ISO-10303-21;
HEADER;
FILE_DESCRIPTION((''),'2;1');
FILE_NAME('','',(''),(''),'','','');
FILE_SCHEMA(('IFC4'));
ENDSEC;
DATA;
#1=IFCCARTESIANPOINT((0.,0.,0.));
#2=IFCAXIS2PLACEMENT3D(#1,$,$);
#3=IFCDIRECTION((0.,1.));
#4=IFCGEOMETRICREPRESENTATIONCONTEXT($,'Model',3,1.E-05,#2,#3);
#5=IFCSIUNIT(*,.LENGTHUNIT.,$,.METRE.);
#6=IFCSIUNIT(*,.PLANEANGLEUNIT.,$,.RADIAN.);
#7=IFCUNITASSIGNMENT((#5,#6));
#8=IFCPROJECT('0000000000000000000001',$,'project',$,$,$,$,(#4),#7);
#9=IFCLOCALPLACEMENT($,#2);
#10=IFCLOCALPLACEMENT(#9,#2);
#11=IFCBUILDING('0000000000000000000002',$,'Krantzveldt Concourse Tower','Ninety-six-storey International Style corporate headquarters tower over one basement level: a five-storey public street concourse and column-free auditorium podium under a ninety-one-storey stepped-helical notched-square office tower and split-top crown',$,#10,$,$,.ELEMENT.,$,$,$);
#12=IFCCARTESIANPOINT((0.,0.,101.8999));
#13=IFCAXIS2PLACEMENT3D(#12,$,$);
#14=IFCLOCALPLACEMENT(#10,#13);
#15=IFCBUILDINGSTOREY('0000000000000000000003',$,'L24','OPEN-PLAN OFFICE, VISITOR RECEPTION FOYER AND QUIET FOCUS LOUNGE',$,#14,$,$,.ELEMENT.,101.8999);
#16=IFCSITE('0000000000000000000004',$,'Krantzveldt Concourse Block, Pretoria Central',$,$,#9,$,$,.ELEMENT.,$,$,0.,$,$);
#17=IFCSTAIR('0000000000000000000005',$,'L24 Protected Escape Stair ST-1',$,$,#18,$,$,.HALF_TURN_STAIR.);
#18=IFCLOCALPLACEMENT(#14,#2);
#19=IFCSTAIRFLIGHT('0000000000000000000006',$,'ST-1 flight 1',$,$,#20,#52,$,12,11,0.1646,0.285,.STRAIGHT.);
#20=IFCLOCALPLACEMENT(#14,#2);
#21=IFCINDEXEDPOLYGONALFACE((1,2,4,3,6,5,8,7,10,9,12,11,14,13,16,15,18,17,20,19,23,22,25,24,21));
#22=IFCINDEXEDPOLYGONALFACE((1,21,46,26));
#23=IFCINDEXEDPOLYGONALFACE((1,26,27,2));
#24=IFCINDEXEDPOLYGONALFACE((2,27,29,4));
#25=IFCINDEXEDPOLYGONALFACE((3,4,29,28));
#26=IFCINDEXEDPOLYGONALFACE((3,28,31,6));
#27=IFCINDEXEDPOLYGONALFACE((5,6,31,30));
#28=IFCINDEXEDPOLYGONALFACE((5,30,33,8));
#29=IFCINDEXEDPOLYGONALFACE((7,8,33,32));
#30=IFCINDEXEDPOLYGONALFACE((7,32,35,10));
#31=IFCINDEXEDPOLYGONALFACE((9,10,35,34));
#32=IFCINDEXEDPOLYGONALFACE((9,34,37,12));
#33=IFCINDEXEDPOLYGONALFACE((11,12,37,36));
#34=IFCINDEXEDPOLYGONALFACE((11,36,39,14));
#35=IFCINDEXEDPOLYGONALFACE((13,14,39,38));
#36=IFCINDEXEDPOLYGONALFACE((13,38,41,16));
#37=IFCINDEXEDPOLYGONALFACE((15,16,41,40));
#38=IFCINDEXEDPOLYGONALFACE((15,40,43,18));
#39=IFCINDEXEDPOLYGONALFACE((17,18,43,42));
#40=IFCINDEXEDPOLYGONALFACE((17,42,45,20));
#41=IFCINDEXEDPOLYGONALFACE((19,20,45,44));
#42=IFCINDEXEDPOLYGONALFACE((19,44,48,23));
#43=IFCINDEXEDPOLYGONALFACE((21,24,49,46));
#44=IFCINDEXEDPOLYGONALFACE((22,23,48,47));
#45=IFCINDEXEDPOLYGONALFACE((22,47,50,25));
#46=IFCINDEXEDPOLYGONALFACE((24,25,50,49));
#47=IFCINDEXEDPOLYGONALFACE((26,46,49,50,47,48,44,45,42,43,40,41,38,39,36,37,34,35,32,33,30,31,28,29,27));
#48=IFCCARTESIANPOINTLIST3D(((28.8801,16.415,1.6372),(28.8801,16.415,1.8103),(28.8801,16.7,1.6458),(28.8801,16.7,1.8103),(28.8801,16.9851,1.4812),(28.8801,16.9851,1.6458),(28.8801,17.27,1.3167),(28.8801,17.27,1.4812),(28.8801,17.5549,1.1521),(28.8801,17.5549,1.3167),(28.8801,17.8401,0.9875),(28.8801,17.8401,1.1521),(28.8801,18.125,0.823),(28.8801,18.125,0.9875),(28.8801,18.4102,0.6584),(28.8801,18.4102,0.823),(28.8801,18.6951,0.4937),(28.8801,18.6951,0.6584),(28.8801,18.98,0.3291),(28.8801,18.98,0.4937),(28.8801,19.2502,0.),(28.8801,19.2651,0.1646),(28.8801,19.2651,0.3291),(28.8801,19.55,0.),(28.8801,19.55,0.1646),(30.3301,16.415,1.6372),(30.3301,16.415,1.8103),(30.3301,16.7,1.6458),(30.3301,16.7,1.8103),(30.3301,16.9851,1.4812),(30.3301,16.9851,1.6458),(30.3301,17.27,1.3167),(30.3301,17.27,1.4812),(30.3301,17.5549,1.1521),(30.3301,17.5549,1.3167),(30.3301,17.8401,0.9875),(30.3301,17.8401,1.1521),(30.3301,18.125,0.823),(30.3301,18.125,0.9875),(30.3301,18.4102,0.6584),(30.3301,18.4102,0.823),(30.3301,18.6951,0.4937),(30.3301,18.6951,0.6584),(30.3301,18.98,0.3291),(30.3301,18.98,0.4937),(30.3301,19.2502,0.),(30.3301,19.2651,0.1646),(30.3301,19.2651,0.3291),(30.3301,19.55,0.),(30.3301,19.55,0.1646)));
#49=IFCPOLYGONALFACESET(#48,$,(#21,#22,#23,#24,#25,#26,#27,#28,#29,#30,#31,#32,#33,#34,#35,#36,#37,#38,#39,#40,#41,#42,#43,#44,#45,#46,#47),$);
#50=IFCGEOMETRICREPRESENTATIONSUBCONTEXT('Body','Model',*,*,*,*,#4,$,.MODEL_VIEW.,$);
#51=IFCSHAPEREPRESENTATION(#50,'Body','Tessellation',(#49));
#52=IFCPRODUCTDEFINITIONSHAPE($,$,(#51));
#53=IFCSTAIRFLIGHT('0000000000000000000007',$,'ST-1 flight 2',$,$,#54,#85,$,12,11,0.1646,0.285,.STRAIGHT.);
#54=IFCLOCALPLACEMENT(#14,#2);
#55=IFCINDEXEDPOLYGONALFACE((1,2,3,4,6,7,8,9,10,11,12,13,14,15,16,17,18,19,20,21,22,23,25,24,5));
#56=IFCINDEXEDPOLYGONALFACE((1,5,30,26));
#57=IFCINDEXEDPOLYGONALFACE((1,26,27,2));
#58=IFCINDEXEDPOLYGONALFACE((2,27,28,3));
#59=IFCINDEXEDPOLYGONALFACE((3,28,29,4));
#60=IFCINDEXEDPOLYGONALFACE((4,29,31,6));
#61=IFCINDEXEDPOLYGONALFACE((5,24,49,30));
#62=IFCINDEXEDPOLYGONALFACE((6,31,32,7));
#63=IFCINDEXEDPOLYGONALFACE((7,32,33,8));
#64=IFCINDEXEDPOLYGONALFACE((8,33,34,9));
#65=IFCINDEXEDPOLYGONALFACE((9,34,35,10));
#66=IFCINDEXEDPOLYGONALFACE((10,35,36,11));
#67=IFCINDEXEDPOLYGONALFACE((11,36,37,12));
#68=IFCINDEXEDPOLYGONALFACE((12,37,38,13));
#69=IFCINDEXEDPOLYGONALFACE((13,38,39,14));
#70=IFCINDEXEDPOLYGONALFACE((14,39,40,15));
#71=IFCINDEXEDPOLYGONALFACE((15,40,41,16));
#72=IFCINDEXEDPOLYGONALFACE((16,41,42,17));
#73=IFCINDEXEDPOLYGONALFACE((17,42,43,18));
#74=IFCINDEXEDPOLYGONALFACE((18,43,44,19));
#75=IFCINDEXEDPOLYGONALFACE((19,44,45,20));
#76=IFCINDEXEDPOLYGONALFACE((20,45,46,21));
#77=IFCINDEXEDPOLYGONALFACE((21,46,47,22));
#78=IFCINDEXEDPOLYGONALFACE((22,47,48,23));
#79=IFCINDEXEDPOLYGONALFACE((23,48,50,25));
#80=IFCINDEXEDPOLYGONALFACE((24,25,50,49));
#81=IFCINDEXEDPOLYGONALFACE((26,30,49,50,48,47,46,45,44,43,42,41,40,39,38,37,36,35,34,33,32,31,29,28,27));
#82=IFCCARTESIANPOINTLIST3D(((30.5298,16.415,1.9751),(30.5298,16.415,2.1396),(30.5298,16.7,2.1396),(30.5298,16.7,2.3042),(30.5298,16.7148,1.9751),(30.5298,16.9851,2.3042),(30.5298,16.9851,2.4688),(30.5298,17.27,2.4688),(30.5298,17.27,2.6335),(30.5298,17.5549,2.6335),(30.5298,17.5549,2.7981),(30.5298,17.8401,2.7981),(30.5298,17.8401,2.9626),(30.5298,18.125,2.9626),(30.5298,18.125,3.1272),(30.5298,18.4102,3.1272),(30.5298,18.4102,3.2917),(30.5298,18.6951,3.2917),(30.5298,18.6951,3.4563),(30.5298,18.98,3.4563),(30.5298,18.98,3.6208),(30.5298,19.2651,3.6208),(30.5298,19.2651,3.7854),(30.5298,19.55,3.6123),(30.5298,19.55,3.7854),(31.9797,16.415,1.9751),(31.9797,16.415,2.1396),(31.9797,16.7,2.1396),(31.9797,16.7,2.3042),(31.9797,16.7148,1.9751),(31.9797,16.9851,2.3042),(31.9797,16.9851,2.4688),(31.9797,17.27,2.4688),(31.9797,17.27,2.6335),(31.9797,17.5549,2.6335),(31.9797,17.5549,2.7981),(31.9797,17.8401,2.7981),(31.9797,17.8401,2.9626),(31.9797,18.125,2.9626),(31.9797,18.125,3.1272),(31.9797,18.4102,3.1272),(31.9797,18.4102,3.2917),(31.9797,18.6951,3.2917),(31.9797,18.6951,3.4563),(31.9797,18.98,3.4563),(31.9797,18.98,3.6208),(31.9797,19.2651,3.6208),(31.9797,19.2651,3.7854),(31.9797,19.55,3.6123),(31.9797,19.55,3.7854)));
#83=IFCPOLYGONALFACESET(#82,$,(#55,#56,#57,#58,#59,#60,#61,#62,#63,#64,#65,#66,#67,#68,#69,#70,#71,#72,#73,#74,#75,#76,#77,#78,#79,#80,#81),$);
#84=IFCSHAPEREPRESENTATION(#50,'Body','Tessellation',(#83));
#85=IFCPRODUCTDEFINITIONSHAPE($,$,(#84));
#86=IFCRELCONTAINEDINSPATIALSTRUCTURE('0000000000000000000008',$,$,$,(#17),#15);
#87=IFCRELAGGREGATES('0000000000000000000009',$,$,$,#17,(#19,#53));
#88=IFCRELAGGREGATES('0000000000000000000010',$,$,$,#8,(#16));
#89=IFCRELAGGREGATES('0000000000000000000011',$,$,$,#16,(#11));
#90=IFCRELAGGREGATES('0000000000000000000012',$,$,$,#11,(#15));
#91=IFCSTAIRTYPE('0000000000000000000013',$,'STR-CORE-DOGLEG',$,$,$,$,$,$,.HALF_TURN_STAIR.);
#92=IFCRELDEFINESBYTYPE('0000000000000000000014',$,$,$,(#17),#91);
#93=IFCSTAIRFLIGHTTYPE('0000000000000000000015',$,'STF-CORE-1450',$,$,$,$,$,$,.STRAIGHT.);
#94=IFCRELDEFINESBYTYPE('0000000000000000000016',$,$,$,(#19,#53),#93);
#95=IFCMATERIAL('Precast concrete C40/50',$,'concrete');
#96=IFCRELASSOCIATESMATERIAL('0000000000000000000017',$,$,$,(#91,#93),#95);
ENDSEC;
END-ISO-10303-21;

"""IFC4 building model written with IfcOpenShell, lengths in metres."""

from ifc_helpers import new_model, si_unit, direction, frame, origin, place, context, subcontext, project, spatial, polyline, outline, extrude, material, type_object, element, aggregate, save


model = new_model("IFC4")

# Units and contexts
model_context = context("Model", 3, precision=1e-05, world=origin(), true_north=direction((0.0, 1.0)))
body_context = subcontext(model_context, "Body", "Model", "MODEL_VIEW")
ifc_project = project(units=[si_unit("LENGTHUNIT", "METRE"), si_unit("PLANEANGLEUNIT", "RADIAN")], contexts=[model_context])

# Site, building, storey
site_placement = place(None, origin())
site = spatial("IfcSite", under=ifc_project, at=site_placement, Name="Krantzveldt Concourse Block, Pretoria Central", CompositionType="ELEMENT", RefElevation=0.0)
building_placement = place(site_placement, origin())
building = spatial("IfcBuilding", under=site, at=building_placement, Name="Krantzveldt Concourse Tower", Description="Ninety-six-storey International Style corporate headquarters tower over one basement level: a five-storey public street concourse and column-free auditorium podium under a ninety-one-storey stepped-helical notched-square office tower and split-top crown", CompositionType="ELEMENT")
storey_placement = place(building_placement, frame((0.0, 0.0, 101.8999)))
storey = spatial("IfcBuildingStorey", under=building, at=storey_placement, Name="L24", Description="OPEN-PLAN OFFICE, VISITOR RECEPTION FOYER AND QUIET FOCUS LOUNGE", CompositionType="ELEMENT", Elevation=101.8999)

# Stair, stair flights
ifc_material_1 = material(Name="Precast concrete C40/50", Category="concrete")
stair_type = type_object("IfcStairType", Name="STR-CORE-DOGLEG", PredefinedType="HALF_TURN_STAIR", material=ifc_material_1)
stair_placement = place(storey_placement, origin())
stair = element("IfcStair", 1, at=stair_placement, inside=storey, type_object=stair_type, Name="L24 Protected Escape Stair ST-1", PredefinedType="HALF_TURN_STAIR")
stair_flight_type = type_object("IfcStairFlightType", Name="STF-CORE-1450", PredefinedType="STRAIGHT", material=ifc_material_1)
stair_flight_1_placement = place(storey_placement, frame((29.605, 19.55, 0.0), z_axis=(0.0, 0.0, 1.0), x_axis=(0.0, -1.0, 0.0)))
stair_flight_1 = element("IfcStairFlight", 2, at=stair_flight_1_placement, type_object=stair_flight_type, Name="ST-1 flight 1", NumberOfRisers=12, NumberOfTreads=11, PredefinedType="STRAIGHT", RiserHeight=0.1646, TreadLength=0.285, context=body_context, shape_type="SweptSolid", body=[
    extrude(outline(polyline([(0.0, 0.0), (0.0, 0.1646), (0.2849, 0.1646), (0.2849, 0.3291), (0.5701, 0.3291), (0.5701, 0.4937), (0.855, 0.4937), (0.855, 0.6584), (1.1399, 0.6584), (1.1399, 0.823), (1.425, 0.823), (1.425, 0.9875), (1.71, 0.9875), (1.71, 1.1521), (1.9951, 1.1521), (1.9951, 1.3167), (2.28, 1.3167), (2.28, 1.4812), (2.5649, 1.4812), (2.5649, 1.6458), (2.8501, 1.6458), (2.8501, 1.8103), (3.135, 1.8103), (3.135, 1.9751), (3.135, 1.6372), (0.2998, 0.0), (0.0, 0.0)])), frame((0.0, 0.7251, 0.0), z_axis=(0.0, -1.0, 0.0), x_axis=(1.0, 0.0, 0.0)), (0.0, 0.0, 1.0), 1.45),
])
stair_flight_2_placement = place(storey_placement, frame((31.2549, 16.415, 1.9751), z_axis=(0.0, 0.0, 1.0), x_axis=(0.0, 1.0, 0.0)))
stair_flight_2 = element("IfcStairFlight", 3, at=stair_flight_2_placement, type_object=stair_flight_type, Name="ST-1 flight 2", NumberOfRisers=12, NumberOfTreads=11, PredefinedType="STRAIGHT", RiserHeight=0.1646, TreadLength=0.285, context=body_context, shape_type="SweptSolid", body=[
    extrude(outline(polyline([(0.0, 0.0), (0.0, 0.1646), (0.2849, 0.1646), (0.2849, 0.3291), (0.5701, 0.3291), (0.5701, 0.4937), (0.855, 0.4937), (0.855, 0.6584), (1.1399, 0.6584), (1.1399, 0.823), (1.425, 0.823), (1.425, 0.9875), (1.71, 0.9875), (1.71, 1.1521), (1.9951, 1.1521), (1.9951, 1.3167), (2.28, 1.3167), (2.28, 1.4812), (2.5649, 1.4812), (2.5649, 1.6458), (2.8501, 1.6458), (2.8501, 1.8103), (3.135, 1.8103), (3.135, 1.9751), (3.135, 1.6372), (0.2998, 0.0), (0.0, 0.0)])), frame((0.0, 0.7251, 0.0), z_axis=(0.0, -1.0, 0.0), x_axis=(1.0, 0.0, 0.0)), (0.0, 0.0, 1.0), 1.45),
])
aggregate(stair, [stair_flight_1, stair_flight_2])

save(model, "model.ifc")
